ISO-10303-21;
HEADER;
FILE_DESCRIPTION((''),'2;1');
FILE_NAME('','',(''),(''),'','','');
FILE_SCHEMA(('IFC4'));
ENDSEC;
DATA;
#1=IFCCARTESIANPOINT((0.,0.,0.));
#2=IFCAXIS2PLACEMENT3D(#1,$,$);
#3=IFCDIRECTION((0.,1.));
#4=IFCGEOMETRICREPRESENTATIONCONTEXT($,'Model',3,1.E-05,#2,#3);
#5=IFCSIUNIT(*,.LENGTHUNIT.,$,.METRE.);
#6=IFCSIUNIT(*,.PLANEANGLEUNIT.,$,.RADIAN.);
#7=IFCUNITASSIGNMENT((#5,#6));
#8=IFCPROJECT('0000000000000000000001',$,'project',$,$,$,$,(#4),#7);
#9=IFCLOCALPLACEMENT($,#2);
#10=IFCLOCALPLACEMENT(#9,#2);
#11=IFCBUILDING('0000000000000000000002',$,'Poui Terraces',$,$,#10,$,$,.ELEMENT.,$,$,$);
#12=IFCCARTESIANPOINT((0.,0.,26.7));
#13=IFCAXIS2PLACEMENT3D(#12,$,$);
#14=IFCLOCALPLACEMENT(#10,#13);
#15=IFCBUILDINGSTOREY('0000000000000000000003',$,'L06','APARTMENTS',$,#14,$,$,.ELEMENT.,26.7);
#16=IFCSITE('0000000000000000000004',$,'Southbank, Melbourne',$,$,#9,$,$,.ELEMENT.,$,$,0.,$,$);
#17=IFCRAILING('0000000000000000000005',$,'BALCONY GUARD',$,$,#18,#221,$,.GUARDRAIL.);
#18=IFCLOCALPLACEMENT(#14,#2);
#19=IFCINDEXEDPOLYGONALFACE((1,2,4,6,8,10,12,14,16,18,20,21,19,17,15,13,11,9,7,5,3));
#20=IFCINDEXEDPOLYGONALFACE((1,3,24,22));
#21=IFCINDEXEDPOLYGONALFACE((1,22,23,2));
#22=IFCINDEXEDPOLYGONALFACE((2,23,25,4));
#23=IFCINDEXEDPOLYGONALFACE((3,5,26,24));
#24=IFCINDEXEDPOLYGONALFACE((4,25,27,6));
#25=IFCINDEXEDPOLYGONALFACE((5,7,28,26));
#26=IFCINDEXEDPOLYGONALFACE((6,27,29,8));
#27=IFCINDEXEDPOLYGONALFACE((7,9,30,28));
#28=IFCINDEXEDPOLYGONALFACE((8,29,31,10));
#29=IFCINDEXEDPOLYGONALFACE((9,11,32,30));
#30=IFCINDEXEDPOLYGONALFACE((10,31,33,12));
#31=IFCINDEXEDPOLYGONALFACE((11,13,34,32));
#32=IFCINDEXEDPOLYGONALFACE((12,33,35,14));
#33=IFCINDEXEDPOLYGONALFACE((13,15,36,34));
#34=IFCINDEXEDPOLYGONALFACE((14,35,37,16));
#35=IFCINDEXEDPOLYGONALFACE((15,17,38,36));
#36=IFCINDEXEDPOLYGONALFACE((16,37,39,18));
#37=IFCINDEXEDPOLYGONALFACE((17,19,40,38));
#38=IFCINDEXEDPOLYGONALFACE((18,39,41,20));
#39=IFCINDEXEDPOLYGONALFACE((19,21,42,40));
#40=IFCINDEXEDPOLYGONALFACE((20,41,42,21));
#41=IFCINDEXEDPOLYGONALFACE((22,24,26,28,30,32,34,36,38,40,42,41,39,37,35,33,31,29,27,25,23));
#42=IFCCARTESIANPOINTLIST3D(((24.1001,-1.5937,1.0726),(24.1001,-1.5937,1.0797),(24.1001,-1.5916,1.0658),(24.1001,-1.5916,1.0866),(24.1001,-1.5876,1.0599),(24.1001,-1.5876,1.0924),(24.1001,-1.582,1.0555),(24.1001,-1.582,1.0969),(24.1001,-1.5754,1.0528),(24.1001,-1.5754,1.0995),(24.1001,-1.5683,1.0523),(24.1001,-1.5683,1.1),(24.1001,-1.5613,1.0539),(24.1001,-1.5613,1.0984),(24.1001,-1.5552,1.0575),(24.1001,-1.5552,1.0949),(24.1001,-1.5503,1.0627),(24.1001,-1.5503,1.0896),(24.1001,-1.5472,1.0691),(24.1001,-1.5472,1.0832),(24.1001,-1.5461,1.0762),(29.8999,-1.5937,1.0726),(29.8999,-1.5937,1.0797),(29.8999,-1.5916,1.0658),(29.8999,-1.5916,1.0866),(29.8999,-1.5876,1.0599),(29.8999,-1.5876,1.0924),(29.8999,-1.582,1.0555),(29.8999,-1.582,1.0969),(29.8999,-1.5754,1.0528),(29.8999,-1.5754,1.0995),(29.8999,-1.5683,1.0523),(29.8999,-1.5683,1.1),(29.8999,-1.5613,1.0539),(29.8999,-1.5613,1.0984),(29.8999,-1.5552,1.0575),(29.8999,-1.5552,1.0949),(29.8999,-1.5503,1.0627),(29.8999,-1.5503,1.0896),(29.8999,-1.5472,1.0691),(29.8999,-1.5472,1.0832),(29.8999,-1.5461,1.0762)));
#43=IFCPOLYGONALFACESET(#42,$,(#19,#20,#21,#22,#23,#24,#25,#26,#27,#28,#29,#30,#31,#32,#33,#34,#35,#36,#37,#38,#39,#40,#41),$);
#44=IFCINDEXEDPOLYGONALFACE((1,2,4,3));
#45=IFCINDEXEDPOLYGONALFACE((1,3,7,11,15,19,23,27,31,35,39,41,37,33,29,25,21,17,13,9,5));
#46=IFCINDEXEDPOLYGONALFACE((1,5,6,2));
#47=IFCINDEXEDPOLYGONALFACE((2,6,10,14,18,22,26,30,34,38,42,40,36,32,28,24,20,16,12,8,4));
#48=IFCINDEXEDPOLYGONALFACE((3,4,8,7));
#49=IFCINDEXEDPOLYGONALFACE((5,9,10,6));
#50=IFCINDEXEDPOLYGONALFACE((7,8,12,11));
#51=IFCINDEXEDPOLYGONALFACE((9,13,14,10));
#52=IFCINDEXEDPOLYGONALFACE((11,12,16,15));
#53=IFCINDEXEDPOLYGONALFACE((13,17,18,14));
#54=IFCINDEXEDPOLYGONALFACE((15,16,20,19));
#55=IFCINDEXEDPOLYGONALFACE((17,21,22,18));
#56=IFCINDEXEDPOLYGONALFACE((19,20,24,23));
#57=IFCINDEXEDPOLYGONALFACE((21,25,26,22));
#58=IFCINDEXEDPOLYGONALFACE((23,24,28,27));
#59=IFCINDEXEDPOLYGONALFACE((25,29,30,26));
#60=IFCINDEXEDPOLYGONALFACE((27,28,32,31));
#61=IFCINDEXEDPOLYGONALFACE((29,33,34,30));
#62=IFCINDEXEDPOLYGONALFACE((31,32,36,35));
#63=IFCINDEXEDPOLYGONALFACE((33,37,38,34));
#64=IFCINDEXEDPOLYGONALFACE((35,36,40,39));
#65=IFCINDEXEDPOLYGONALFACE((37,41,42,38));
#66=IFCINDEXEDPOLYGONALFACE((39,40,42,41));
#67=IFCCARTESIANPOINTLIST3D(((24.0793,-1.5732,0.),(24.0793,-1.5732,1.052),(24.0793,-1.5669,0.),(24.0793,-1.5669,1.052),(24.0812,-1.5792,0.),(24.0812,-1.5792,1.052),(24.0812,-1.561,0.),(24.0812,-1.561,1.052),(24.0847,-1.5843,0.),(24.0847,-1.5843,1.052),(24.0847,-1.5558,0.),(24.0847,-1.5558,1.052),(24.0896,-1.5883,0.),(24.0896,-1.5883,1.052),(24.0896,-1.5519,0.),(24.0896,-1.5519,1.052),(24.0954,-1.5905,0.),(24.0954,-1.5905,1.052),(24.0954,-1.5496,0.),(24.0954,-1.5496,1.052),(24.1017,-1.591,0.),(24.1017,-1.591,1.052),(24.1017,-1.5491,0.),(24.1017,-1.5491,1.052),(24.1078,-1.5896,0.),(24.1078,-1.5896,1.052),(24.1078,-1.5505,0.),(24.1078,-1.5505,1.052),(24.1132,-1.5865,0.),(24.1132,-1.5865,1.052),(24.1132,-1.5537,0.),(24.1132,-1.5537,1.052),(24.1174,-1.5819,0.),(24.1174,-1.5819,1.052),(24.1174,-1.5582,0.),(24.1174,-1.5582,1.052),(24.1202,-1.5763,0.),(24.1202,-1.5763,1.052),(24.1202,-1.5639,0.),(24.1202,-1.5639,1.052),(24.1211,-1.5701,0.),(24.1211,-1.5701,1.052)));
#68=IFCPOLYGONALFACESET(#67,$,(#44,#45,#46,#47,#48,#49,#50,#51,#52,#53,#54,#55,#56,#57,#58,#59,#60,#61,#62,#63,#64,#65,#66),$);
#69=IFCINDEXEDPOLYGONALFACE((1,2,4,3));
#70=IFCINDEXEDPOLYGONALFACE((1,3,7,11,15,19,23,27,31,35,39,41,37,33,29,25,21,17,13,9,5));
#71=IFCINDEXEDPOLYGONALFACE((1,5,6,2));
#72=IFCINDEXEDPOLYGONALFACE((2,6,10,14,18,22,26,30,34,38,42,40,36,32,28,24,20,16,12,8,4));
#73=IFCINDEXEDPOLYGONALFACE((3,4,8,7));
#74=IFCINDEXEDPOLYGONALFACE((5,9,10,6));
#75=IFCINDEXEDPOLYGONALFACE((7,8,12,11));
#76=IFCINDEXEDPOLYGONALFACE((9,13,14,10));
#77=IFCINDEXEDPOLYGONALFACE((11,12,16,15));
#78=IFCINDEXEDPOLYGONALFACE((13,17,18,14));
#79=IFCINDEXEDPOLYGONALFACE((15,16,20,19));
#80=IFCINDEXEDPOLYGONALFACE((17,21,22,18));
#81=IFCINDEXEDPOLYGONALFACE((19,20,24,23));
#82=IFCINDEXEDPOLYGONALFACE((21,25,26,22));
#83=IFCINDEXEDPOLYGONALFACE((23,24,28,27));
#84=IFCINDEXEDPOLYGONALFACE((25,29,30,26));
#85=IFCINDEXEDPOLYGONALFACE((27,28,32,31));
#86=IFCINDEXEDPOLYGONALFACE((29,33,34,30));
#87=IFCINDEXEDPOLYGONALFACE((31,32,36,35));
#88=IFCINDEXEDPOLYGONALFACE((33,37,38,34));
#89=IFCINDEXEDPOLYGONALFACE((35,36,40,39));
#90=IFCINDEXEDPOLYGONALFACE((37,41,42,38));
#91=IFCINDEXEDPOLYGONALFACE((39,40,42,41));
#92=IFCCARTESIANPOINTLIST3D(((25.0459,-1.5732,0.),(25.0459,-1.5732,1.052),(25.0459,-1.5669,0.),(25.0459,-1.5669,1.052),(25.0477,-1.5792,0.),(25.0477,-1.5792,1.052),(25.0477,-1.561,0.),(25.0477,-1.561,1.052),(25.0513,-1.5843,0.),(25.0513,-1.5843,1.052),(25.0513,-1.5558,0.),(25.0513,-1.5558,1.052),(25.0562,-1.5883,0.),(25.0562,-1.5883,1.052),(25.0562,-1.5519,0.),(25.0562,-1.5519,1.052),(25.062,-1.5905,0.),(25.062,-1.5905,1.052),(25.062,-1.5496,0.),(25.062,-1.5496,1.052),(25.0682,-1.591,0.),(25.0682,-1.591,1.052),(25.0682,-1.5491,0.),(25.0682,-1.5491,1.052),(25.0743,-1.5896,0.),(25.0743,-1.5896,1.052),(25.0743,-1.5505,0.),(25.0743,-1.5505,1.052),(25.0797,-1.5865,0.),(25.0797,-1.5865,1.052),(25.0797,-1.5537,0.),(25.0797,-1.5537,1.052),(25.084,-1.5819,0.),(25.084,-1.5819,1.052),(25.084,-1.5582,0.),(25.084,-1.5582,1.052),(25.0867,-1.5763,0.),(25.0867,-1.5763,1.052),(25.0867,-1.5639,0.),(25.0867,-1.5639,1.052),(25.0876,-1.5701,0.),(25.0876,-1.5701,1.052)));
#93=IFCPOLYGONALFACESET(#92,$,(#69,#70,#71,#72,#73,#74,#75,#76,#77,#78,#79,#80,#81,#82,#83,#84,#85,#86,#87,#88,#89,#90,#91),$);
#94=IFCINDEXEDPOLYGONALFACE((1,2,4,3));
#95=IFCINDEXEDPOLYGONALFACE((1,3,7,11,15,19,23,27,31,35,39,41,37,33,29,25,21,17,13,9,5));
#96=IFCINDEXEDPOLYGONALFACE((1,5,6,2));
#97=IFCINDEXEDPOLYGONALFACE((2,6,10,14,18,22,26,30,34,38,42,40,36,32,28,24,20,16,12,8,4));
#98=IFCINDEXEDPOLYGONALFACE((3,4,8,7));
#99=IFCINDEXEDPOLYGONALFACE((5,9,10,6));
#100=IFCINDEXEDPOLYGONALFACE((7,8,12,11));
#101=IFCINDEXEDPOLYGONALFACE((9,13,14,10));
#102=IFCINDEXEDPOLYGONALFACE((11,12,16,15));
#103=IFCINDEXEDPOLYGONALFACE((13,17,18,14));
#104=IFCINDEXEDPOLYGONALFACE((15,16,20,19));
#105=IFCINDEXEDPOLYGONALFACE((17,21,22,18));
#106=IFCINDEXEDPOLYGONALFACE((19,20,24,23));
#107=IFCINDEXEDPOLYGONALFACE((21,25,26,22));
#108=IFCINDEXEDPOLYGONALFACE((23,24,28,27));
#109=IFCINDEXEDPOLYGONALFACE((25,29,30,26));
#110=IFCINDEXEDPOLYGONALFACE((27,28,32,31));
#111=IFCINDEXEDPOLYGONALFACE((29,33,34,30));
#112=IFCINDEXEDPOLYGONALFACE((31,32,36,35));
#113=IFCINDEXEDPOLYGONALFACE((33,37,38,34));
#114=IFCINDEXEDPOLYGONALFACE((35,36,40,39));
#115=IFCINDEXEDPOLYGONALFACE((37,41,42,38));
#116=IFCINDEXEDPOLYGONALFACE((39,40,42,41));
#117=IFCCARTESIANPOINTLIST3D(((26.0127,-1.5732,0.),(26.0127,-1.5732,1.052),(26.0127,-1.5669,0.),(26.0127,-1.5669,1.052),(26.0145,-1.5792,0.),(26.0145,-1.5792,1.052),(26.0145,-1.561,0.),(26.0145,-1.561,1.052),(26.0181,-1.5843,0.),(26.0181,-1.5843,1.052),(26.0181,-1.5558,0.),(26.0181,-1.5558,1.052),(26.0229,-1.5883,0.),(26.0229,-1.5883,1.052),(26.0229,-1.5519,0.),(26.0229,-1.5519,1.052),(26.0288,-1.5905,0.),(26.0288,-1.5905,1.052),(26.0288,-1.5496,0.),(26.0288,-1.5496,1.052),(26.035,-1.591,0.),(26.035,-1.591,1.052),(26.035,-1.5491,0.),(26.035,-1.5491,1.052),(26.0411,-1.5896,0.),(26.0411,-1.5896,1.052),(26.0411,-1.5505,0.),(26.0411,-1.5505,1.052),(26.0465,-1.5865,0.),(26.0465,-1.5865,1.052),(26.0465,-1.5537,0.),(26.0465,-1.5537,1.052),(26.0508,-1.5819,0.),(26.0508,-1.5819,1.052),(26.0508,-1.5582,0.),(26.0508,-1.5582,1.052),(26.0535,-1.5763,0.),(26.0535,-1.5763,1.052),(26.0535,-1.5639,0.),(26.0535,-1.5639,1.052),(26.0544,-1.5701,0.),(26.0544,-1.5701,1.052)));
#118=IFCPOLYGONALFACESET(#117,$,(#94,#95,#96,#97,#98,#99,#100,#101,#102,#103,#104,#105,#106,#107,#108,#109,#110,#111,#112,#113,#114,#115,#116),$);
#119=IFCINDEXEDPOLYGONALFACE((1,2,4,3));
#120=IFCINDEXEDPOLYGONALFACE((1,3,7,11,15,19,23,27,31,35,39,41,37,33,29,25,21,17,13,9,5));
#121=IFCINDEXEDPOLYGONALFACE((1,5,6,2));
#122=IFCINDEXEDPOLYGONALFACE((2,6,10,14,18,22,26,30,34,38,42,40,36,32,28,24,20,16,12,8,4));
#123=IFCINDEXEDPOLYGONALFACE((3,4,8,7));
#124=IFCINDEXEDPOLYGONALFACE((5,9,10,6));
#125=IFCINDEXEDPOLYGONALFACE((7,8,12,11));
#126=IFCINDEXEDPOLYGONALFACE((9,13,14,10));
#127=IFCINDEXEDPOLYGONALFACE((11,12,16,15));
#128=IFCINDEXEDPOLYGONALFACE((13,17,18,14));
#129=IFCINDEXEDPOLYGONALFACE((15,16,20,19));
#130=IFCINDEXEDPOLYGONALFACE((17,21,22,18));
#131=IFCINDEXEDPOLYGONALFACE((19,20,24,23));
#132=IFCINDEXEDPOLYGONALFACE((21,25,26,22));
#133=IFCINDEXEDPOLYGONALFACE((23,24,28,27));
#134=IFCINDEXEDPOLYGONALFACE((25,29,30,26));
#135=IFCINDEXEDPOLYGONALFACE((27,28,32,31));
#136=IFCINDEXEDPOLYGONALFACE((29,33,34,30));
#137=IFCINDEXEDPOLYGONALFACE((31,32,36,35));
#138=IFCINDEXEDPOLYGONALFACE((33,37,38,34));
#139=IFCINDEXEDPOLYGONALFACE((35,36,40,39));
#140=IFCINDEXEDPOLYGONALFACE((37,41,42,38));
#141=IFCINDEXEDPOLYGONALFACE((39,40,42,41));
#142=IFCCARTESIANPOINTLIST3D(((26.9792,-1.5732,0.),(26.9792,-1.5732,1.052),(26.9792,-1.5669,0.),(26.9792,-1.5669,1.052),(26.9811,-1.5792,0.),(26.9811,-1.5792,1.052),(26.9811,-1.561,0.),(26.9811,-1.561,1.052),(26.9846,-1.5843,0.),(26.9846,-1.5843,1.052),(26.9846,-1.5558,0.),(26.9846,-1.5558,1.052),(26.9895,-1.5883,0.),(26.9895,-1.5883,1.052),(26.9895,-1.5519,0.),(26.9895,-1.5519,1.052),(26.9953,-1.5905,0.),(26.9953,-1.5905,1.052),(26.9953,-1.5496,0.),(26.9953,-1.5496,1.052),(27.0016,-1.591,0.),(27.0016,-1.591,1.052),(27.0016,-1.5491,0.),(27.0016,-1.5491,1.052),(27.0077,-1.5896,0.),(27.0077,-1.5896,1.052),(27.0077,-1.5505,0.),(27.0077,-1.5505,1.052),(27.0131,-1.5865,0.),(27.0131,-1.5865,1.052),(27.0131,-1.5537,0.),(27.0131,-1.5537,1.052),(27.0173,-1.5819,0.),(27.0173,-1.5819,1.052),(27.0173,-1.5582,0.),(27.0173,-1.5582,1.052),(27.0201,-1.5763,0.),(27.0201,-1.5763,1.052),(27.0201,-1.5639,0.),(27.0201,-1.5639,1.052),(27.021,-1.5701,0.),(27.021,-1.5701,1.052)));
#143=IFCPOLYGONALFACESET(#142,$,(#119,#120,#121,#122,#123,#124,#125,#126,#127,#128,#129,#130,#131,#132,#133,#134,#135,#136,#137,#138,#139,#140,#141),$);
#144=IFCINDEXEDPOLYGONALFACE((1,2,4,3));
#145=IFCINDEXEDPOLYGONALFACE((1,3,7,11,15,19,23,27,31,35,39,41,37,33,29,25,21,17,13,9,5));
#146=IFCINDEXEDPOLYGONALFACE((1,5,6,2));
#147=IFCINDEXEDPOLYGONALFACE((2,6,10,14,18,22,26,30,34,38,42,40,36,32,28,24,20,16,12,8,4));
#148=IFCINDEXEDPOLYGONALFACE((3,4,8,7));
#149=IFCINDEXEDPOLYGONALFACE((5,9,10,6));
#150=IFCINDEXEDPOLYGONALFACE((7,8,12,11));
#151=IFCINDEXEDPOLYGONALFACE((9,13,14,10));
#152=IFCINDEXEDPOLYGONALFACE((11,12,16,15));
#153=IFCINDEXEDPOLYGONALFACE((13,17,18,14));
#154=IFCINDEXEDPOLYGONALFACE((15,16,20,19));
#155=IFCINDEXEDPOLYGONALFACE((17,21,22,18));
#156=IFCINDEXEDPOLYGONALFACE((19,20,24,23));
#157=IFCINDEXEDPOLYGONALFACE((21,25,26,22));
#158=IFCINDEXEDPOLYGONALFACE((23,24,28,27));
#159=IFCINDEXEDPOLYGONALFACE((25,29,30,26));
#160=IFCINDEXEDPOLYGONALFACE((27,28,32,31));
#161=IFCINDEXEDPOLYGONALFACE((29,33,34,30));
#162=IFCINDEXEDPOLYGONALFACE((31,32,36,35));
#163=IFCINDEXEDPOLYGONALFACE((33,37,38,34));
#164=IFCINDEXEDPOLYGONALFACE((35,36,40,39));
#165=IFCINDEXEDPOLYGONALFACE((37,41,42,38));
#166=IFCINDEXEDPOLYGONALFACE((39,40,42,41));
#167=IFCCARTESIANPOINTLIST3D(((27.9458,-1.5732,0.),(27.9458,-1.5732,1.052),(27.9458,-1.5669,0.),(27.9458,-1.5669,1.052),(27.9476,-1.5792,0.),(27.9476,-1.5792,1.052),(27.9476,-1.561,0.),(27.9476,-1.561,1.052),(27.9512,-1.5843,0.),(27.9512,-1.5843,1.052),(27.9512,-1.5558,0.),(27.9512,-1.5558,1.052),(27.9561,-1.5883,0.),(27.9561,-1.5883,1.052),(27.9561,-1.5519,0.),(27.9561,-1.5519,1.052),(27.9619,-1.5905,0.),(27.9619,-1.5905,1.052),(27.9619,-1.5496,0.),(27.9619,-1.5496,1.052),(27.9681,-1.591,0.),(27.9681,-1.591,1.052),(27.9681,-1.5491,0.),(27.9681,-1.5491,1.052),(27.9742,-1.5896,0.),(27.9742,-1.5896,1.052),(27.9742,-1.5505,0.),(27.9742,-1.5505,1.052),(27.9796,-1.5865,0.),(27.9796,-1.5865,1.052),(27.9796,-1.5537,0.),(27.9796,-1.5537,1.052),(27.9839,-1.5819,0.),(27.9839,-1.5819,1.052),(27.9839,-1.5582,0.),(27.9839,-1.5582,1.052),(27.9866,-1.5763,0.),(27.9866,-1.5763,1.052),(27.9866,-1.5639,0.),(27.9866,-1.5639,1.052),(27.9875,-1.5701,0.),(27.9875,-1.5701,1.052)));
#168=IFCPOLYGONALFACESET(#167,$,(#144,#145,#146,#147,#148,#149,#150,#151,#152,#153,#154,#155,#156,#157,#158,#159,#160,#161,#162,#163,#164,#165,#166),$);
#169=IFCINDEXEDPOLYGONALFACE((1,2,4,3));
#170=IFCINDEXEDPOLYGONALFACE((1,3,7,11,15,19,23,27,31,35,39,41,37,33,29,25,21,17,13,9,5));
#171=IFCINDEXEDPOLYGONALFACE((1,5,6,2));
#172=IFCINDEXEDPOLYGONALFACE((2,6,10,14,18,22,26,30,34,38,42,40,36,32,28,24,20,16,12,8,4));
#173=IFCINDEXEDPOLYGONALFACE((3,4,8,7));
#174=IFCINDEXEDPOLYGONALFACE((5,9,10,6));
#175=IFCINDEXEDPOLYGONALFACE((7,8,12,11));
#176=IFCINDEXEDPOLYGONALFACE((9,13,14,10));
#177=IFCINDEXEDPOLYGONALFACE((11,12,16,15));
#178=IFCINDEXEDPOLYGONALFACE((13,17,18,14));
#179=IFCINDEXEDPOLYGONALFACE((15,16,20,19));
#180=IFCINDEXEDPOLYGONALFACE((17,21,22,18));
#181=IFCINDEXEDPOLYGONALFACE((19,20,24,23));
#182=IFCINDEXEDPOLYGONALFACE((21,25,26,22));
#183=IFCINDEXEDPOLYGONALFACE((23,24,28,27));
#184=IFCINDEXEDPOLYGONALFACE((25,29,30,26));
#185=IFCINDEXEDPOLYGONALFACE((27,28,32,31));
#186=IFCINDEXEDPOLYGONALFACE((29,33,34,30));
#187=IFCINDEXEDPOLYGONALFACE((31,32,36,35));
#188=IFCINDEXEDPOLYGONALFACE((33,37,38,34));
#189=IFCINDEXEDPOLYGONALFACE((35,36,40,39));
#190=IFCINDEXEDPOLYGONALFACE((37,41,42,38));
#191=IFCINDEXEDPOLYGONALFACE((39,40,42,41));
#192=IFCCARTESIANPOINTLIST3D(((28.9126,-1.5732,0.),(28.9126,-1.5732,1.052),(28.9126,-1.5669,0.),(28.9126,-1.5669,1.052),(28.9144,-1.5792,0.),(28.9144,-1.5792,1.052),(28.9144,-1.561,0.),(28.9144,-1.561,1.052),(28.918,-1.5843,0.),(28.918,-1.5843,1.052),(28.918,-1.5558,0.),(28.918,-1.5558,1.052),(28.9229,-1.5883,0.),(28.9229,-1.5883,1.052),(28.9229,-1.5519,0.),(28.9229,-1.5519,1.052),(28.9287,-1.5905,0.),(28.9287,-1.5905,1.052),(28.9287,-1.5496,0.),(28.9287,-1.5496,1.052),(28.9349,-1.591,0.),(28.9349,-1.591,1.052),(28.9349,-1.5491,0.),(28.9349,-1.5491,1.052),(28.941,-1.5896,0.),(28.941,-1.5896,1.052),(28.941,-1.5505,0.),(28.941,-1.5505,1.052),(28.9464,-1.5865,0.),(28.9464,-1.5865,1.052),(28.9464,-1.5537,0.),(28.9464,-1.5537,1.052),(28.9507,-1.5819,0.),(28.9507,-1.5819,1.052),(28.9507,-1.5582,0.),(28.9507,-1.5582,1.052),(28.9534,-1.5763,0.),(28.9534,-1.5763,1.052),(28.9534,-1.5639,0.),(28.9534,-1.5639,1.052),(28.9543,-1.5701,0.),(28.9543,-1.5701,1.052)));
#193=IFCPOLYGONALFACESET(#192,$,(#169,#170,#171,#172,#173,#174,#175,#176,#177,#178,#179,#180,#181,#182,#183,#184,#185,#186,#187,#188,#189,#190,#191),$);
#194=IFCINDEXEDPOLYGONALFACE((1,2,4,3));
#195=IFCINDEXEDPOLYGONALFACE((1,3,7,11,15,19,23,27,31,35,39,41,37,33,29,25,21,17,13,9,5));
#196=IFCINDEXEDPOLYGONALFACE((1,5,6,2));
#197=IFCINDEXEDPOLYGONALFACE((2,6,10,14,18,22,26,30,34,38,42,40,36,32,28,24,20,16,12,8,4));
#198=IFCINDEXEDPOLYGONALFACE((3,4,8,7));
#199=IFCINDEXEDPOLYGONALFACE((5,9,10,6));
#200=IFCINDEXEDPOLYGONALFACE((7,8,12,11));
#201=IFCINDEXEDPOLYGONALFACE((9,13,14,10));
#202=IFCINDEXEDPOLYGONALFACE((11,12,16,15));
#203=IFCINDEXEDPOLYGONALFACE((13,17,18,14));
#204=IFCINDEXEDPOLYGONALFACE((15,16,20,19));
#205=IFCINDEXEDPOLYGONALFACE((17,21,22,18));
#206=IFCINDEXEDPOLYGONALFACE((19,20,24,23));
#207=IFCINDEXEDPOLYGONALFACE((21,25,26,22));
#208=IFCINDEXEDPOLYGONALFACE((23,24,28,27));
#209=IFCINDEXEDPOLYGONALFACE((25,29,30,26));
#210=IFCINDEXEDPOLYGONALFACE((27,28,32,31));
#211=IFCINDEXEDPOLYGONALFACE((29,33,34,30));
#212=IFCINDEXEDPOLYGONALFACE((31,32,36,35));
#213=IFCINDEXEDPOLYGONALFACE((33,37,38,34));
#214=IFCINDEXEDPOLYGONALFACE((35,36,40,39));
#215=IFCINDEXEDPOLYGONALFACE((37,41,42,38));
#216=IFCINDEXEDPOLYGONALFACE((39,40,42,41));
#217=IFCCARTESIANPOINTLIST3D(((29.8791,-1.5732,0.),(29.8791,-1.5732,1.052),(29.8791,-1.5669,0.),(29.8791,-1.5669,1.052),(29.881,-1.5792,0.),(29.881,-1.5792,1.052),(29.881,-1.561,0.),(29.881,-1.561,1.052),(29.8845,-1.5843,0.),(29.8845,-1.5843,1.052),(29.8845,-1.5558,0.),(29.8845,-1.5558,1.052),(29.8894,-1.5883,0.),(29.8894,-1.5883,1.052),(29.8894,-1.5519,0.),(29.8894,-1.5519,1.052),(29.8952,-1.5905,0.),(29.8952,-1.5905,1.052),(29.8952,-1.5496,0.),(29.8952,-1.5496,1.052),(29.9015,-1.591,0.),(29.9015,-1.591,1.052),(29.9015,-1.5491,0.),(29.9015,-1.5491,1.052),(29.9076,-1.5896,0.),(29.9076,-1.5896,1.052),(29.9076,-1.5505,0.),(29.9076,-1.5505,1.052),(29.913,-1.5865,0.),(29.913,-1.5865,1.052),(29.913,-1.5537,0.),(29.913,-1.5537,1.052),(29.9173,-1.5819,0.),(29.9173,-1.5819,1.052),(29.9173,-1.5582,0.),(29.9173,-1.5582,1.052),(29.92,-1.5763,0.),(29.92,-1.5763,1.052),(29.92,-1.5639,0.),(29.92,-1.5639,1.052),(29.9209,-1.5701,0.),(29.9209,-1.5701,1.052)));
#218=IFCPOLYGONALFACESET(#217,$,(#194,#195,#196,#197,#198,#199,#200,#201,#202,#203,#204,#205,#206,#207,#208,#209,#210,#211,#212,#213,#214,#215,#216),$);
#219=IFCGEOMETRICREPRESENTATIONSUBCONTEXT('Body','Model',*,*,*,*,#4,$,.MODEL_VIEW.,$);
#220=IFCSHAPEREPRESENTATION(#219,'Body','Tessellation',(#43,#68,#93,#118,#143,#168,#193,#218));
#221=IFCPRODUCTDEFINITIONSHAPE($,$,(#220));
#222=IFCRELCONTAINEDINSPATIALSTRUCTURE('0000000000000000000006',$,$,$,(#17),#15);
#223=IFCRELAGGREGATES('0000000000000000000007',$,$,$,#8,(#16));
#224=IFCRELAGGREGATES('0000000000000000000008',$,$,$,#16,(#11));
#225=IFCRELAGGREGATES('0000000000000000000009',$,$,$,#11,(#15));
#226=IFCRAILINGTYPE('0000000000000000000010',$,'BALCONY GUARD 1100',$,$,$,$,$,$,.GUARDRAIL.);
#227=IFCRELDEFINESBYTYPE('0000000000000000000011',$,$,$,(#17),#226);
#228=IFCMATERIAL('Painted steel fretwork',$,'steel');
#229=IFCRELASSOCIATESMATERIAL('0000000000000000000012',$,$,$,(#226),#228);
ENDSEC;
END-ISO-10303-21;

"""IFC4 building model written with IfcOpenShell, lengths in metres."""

from ifc_helpers import new_model, si_unit, direction, frame, origin, origin_2d, place, context, subcontext, project, spatial, circle, extrude, material, type_object, element, save


model = new_model("IFC4")

# Units and contexts
model_context = context("Model", 3, precision=1e-05, world=origin(), true_north=direction((0.0, 1.0)))
body_context = subcontext(model_context, "Body", "Model", "MODEL_VIEW")
ifc_project = project(units=[si_unit("LENGTHUNIT", "METRE"), si_unit("PLANEANGLEUNIT", "RADIAN")], contexts=[model_context])

# Site, building, storey
site_placement = place(None, origin())
site = spatial("IfcSite", under=ifc_project, at=site_placement, Name="Southbank, Melbourne", CompositionType="ELEMENT", RefElevation=0.0)
building_placement = place(site_placement, origin())
building = spatial("IfcBuilding", under=site, at=building_placement, Name="Poui Terraces", CompositionType="ELEMENT")
storey_placement = place(building_placement, frame((0.0, 0.0, 26.7)))
storey = spatial("IfcBuildingStorey", under=building, at=storey_placement, Name="L06", Description="APARTMENTS", CompositionType="ELEMENT", Elevation=26.7)

# Railing
ifc_material_1 = material(Name="Painted steel fretwork", Category="steel")
railing_type = type_object("IfcRailingType", Name="BALCONY GUARD 1100", PredefinedType="GUARDRAIL", material=ifc_material_1)
railing_placement = place(storey_placement, frame((24.1001, -1.5701, 0.0)))
element("IfcRailing", 1, at=railing_placement, inside=storey, type_object=railing_type, Name="BALCONY GUARD", PredefinedType="GUARDRAIL", context=body_context, shape_type="SweptSolid", body=[
    extrude(circle(Radius=0.0239, at=origin_2d()), frame((0.0, 0.0, 1.0762), z_axis=(1.0, 0.0, 0.0), x_axis=(0.0, 1.0, 0.0)), (0.0, 0.0, 1.0), 5.7998),
    extrude(circle(Radius=0.021, at=origin_2d()), origin(), (0.0, 0.0, 1.0), 1.052),
    extrude(circle(Radius=0.021, at=origin_2d()), frame((0.9666, 0.0, 0.0)), (0.0, 0.0, 1.0), 1.052),
    extrude(circle(Radius=0.021, at=origin_2d()), frame((1.9333, 0.0, 0.0)), (0.0, 0.0, 1.0), 1.052),
    extrude(circle(Radius=0.021, at=origin_2d()), frame((2.8999, 0.0, 0.0)), (0.0, 0.0, 1.0), 1.052),
    extrude(circle(Radius=0.021, at=origin_2d()), frame((3.8665, 0.0, 0.0)), (0.0, 0.0, 1.0), 1.052),
    extrude(circle(Radius=0.021, at=origin_2d()), frame((4.8333, 0.0, 0.0)), (0.0, 0.0, 1.0), 1.052),
    extrude(circle(Radius=0.021, at=origin_2d()), frame((5.7998, 0.0, 0.0)), (0.0, 0.0, 1.0), 1.052),
])

save(model, "model.ifc")
